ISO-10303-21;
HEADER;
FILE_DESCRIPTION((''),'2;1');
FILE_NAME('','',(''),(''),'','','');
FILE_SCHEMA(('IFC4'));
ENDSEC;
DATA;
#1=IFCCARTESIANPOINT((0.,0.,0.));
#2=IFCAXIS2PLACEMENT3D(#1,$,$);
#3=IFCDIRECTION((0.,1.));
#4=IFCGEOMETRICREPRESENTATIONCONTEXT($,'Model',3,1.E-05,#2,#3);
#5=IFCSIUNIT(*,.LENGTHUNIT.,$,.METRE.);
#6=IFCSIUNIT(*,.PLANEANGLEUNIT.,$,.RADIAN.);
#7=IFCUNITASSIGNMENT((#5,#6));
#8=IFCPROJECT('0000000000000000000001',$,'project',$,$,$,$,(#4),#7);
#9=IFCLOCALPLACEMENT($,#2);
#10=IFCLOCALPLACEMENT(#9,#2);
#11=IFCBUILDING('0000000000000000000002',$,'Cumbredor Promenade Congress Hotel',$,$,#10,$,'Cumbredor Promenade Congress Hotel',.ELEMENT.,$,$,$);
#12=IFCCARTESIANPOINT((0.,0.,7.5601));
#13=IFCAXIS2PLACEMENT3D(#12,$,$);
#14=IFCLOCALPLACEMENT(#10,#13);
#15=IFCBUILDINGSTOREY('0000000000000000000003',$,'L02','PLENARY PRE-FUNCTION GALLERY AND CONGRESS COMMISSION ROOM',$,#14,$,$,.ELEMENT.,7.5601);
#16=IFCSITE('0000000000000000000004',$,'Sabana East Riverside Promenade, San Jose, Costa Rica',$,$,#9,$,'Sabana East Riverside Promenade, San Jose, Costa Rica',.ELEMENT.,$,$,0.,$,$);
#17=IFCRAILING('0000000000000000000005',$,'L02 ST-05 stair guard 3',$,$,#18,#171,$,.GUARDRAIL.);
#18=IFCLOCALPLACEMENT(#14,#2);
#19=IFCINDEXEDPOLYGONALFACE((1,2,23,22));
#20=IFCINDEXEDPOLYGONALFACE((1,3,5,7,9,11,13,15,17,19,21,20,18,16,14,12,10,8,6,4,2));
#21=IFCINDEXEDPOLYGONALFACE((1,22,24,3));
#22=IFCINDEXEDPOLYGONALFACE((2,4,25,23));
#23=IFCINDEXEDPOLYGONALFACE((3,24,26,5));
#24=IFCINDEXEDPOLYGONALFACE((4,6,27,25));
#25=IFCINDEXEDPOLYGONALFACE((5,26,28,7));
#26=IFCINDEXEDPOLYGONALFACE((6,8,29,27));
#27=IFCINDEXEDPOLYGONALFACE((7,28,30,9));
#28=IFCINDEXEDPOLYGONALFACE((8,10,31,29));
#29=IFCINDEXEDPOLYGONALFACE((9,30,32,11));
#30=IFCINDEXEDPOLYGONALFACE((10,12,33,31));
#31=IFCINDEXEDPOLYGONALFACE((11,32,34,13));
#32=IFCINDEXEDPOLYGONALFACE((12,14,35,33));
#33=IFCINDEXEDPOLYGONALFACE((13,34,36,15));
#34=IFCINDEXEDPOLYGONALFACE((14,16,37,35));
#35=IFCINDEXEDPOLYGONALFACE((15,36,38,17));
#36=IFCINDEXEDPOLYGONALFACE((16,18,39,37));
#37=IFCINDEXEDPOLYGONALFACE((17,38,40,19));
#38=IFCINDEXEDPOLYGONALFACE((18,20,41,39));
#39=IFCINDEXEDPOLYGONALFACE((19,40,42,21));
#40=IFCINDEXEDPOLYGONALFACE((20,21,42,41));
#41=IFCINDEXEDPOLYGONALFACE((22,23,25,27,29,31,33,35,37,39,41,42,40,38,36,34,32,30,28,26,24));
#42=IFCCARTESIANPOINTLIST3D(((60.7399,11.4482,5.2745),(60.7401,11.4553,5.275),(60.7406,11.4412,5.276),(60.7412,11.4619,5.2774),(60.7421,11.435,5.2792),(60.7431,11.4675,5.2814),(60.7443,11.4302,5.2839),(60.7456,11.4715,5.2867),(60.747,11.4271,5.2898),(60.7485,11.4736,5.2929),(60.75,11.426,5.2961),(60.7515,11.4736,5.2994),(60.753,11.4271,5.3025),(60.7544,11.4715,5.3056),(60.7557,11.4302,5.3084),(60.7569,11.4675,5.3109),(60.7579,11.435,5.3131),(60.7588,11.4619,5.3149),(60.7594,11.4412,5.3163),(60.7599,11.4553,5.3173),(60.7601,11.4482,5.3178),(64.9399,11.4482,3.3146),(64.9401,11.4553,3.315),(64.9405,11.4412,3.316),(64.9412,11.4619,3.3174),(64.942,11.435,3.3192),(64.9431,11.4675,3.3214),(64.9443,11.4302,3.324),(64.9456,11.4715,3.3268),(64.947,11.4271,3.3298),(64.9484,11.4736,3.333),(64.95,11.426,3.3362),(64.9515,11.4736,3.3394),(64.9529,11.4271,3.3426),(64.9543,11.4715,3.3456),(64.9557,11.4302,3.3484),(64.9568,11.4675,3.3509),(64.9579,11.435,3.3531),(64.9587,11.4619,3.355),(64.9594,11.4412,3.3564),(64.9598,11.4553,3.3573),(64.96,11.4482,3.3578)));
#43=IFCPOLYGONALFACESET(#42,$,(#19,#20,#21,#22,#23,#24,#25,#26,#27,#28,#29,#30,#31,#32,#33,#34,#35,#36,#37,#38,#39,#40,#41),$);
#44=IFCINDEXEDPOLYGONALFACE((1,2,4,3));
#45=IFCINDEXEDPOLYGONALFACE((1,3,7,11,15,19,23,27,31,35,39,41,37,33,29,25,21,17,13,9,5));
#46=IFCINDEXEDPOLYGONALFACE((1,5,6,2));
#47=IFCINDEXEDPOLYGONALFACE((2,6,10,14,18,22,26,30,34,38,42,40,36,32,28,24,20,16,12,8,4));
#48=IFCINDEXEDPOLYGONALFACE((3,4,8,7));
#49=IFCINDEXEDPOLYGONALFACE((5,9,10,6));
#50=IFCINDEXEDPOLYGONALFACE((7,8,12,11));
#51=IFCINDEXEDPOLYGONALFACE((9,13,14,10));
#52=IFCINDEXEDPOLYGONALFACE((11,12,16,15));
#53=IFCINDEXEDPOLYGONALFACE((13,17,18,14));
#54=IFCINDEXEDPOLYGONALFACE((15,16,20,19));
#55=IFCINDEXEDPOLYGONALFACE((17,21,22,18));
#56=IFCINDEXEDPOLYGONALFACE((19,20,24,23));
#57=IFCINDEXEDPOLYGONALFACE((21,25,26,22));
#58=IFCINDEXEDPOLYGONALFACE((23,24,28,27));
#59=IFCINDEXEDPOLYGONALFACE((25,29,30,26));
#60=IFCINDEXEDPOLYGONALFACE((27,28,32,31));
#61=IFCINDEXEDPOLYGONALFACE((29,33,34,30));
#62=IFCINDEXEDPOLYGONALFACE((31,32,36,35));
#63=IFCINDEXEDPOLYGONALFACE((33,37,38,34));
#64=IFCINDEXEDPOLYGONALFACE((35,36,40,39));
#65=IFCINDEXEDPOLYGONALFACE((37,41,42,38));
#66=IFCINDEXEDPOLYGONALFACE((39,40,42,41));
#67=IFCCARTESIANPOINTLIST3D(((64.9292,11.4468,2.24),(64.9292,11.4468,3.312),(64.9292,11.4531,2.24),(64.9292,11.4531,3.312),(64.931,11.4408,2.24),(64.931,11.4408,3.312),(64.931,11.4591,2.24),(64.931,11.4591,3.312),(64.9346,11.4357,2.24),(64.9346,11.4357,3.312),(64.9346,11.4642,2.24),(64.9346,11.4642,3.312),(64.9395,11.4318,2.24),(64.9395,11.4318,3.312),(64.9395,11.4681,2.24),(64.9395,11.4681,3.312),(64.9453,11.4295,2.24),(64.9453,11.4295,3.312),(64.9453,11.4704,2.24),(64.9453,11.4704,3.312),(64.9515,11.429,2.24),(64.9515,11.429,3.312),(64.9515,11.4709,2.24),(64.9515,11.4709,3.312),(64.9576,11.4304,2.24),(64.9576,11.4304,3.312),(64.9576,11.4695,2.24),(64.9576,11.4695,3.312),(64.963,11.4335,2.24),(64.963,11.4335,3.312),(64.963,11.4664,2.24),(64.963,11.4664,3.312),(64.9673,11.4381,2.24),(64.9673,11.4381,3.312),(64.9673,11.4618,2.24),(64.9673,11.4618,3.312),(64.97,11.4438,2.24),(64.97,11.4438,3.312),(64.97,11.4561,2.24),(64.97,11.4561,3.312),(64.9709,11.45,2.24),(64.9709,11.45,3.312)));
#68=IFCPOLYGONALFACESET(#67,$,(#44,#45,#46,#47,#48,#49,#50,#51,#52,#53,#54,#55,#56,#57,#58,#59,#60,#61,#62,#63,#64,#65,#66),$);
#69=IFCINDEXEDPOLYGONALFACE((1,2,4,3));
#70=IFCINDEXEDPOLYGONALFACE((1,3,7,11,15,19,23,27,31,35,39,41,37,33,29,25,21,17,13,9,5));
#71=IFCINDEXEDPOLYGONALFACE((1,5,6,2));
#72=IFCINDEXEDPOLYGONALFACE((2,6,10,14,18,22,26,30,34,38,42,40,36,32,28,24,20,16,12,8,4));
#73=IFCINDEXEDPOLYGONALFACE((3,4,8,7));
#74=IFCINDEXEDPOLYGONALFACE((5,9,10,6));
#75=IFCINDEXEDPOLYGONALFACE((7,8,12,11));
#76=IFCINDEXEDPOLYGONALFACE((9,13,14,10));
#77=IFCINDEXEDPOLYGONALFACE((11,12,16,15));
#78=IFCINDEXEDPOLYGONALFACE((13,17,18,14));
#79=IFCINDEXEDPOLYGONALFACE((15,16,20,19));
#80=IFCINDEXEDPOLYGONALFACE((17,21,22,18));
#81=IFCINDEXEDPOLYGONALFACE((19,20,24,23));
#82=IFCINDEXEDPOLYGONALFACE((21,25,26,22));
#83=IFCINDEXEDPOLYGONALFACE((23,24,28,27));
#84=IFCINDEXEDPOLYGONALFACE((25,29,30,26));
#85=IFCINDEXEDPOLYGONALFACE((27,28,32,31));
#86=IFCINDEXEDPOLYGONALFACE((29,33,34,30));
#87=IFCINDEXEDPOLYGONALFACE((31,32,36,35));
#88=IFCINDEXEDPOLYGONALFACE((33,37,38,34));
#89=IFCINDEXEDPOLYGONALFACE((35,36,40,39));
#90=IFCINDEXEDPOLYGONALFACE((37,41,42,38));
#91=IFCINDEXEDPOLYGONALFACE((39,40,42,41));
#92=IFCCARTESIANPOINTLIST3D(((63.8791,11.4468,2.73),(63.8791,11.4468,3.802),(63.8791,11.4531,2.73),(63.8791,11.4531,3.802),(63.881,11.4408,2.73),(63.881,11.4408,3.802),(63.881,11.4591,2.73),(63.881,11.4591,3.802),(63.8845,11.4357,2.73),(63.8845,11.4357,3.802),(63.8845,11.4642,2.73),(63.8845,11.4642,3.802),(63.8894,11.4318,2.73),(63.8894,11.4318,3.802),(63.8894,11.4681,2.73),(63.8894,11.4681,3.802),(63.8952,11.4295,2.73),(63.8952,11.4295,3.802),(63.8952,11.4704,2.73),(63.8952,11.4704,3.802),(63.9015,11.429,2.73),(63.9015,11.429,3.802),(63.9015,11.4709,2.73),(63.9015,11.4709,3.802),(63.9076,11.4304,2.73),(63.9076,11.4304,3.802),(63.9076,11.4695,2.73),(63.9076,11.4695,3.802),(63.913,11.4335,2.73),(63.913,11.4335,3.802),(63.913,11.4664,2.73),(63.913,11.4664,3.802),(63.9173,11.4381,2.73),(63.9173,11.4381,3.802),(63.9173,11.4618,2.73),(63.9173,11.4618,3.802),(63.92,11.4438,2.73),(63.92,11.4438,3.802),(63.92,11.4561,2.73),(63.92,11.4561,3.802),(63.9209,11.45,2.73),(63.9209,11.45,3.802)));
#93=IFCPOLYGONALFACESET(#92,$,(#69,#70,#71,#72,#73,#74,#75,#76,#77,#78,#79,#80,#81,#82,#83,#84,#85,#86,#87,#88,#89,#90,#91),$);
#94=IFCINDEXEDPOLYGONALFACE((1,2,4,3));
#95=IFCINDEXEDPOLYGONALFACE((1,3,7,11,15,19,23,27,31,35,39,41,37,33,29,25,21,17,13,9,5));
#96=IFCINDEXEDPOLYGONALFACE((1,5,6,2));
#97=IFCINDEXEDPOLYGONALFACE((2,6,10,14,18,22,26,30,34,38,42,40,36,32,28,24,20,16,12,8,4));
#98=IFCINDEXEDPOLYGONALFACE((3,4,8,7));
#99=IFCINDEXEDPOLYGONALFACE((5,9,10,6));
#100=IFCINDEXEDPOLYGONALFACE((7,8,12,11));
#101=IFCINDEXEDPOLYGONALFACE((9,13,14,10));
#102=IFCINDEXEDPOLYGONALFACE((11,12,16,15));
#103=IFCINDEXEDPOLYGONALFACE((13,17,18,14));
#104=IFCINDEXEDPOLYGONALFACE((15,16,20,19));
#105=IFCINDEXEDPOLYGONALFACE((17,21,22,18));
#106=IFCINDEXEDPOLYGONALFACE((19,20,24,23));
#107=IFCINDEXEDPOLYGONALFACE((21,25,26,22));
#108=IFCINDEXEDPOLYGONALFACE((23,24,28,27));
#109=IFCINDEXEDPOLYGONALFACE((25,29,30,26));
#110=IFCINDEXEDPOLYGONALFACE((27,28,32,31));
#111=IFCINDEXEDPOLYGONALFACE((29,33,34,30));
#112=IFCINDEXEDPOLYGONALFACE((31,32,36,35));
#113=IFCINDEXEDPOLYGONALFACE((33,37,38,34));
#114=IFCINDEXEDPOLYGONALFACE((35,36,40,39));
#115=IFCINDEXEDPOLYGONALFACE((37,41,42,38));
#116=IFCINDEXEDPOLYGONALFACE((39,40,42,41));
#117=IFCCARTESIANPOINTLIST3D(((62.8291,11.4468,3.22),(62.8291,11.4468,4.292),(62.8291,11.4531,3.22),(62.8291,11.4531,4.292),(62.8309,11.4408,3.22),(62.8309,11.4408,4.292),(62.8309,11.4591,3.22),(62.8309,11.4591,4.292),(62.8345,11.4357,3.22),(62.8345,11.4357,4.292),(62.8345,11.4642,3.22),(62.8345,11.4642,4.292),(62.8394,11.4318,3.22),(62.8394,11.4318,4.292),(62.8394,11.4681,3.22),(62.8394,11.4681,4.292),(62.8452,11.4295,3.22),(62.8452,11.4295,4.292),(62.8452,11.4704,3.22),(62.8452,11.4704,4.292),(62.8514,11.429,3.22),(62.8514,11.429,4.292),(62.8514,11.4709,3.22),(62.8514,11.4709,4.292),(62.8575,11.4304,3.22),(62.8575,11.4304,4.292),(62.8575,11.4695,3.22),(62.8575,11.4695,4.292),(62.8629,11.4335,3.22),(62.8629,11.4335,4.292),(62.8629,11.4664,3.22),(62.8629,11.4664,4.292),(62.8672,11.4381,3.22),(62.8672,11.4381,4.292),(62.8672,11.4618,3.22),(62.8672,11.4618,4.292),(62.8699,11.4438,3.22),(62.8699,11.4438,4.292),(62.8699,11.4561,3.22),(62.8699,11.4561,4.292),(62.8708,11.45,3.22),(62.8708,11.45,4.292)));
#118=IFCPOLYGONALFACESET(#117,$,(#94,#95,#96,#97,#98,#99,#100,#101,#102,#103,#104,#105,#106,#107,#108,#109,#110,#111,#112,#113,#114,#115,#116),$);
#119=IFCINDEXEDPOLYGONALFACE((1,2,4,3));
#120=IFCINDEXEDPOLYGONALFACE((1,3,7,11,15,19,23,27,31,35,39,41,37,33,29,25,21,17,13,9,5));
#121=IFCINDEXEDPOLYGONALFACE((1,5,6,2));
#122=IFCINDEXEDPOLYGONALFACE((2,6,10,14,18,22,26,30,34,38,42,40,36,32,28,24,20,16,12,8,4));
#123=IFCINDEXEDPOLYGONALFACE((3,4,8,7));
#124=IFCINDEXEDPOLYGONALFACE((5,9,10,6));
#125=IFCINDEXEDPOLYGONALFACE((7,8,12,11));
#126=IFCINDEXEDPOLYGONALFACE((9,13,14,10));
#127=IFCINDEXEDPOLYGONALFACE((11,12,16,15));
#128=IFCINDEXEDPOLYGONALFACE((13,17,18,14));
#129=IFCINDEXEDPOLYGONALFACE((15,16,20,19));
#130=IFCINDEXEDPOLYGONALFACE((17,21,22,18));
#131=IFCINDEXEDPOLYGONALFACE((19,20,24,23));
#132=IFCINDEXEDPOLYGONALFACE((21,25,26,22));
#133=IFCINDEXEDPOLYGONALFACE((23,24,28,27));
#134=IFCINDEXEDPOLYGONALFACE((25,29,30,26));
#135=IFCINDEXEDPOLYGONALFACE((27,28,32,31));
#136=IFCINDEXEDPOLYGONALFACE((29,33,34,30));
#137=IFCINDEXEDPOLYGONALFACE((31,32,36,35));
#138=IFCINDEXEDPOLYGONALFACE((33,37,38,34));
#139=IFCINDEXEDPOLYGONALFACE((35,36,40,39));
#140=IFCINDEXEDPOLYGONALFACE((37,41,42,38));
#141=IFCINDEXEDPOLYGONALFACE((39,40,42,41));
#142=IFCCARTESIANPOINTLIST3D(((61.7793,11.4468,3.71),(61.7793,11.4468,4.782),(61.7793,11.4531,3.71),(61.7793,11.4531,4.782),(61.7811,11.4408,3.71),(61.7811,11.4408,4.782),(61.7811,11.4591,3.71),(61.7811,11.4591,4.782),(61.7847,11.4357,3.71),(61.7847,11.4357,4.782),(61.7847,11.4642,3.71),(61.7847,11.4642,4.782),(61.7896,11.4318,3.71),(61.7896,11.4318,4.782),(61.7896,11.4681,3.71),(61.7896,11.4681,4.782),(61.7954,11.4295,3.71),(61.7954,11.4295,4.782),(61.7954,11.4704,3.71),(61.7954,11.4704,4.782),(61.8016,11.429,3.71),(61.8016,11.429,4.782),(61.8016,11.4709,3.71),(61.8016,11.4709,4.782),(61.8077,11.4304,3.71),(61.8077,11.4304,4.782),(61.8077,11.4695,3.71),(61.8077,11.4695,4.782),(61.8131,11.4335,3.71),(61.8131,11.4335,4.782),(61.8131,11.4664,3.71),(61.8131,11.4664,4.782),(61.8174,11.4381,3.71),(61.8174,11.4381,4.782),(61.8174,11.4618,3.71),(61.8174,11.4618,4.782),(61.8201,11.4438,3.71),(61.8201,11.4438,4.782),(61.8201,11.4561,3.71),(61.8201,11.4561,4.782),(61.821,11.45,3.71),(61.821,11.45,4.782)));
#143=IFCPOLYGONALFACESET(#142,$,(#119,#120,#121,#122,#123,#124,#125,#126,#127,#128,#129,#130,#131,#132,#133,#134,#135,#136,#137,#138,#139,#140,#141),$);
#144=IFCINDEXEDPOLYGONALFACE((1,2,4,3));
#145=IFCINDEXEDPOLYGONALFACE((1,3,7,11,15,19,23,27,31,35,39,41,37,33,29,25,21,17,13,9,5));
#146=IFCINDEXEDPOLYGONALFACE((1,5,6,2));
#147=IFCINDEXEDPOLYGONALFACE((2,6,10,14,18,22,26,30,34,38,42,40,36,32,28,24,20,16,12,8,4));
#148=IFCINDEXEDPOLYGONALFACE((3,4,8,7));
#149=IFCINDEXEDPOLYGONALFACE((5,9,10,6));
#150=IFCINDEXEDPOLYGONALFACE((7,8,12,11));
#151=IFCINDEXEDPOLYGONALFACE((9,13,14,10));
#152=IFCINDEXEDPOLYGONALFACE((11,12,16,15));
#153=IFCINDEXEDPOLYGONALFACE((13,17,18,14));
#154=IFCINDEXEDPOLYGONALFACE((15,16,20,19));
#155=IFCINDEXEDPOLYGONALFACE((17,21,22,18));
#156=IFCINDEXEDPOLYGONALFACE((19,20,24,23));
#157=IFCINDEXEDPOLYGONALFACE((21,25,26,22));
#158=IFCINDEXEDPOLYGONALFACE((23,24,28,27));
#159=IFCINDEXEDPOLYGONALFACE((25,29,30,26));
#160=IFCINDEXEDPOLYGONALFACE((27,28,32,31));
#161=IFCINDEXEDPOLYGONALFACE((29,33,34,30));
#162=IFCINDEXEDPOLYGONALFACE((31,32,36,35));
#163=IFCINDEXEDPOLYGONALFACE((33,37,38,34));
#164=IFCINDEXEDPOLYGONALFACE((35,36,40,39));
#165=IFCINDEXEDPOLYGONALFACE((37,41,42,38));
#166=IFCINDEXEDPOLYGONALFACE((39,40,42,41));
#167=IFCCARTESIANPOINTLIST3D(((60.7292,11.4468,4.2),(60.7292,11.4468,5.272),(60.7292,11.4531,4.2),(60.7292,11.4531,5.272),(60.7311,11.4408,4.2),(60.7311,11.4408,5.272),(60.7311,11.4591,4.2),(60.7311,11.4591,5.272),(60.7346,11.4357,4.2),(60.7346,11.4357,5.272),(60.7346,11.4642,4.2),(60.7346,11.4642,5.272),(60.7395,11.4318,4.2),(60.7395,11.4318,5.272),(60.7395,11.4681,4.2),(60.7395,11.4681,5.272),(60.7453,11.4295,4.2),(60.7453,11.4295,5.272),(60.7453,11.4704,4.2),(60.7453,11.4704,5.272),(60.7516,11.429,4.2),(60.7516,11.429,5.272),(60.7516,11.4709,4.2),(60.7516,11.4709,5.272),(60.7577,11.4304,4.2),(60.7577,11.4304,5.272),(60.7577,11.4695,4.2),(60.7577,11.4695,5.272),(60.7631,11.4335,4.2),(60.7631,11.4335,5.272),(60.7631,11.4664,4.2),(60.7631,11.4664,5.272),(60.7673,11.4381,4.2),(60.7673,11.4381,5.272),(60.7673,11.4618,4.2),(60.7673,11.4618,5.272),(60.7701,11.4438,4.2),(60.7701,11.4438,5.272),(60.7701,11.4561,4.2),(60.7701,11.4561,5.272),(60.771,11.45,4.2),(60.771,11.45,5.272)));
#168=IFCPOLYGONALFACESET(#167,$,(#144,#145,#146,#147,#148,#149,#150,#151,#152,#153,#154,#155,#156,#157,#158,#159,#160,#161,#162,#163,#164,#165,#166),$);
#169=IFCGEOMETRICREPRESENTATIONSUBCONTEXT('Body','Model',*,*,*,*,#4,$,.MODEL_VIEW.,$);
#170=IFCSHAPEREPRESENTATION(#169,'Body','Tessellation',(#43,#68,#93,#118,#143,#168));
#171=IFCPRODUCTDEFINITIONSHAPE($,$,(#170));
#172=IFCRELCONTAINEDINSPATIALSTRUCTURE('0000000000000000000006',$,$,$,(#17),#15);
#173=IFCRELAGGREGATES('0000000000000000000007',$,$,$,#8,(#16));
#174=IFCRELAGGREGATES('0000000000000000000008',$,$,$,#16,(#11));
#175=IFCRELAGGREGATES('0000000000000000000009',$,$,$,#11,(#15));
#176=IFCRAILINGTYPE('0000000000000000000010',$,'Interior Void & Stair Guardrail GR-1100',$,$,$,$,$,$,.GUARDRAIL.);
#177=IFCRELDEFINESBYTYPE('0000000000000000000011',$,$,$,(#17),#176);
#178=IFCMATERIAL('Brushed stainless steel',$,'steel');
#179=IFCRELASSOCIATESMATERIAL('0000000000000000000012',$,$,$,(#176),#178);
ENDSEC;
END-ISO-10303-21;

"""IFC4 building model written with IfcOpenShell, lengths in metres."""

from ifc_helpers import new_model, si_unit, direction, frame, origin, origin_2d, place, context, subcontext, project, spatial, circle, extrude, material, type_object, element, save


model = new_model("IFC4")

# Units and contexts
model_context = context("Model", 3, precision=1e-05, world=origin(), true_north=direction((0.0, 1.0)))
body_context = subcontext(model_context, "Body", "Model", "MODEL_VIEW")
ifc_project = project(units=[si_unit("LENGTHUNIT", "METRE"), si_unit("PLANEANGLEUNIT", "RADIAN")], contexts=[model_context])

# Site, building, storey
site_placement = place(None, origin())
site = spatial("IfcSite", under=ifc_project, at=site_placement, Name="Sabana East Riverside Promenade, San Jose, Costa Rica", LongName="Sabana East Riverside Promenade, San Jose, Costa Rica", CompositionType="ELEMENT", RefElevation=0.0)
building_placement = place(site_placement, origin())
building = spatial("IfcBuilding", under=site, at=building_placement, Name="Cumbredor Promenade Congress Hotel", LongName="Cumbredor Promenade Congress Hotel", CompositionType="ELEMENT")
storey_placement = place(building_placement, frame((0.0, 0.0, 7.5601)))
storey = spatial("IfcBuildingStorey", under=building, at=storey_placement, Name="L02", Description="PLENARY PRE-FUNCTION GALLERY AND CONGRESS COMMISSION ROOM", CompositionType="ELEMENT", Elevation=7.5601)

# Railing
ifc_material_1 = material(Name="Brushed stainless steel", Category="steel")
railing_type_1 = type_object("IfcRailingType", Name="Interior Void & Stair Guardrail GR-1100", PredefinedType="GUARDRAIL", material=ifc_material_1)
railing_1_placement = place(storey_placement, frame((64.95, 11.45, 2.24)))
element("IfcRailing", 1, at=railing_1_placement, inside=storey, type_object=railing_type_1, Name="L02 ST-05 stair guard 3", PredefinedType="GUARDRAIL", context=body_context, shape_type="SweptSolid", body=[
    extrude(circle(Radius=0.0239, at=origin_2d()), frame((0.0, 0.0, 1.0962), z_axis=(-0.906184, 0.0, 0.422883), x_axis=(0.0, -1.0, 0.0)), (0.0, 0.0, 1.0), 4.6348),
    extrude(circle(Radius=0.021, at=origin_2d()), origin(), (0.0, 0.0, 1.0), 1.072),
    extrude(circle(Radius=0.021, at=origin_2d()), frame((-1.05, 0.0, 0.49)), (0.0, 0.0, 1.0), 1.072),
    extrude(circle(Radius=0.021, at=origin_2d()), frame((-2.1001, 0.0, 0.98)), (0.0, 0.0, 1.0), 1.072),
    extrude(circle(Radius=0.021, at=origin_2d()), frame((-3.1499, 0.0, 1.47)), (0.0, 0.0, 1.0), 1.072),
    extrude(circle(Radius=0.021, at=origin_2d()), frame((-4.2, 0.0, 1.96)), (0.0, 0.0, 1.0), 1.072),
])

save(model, "model.ifc")
